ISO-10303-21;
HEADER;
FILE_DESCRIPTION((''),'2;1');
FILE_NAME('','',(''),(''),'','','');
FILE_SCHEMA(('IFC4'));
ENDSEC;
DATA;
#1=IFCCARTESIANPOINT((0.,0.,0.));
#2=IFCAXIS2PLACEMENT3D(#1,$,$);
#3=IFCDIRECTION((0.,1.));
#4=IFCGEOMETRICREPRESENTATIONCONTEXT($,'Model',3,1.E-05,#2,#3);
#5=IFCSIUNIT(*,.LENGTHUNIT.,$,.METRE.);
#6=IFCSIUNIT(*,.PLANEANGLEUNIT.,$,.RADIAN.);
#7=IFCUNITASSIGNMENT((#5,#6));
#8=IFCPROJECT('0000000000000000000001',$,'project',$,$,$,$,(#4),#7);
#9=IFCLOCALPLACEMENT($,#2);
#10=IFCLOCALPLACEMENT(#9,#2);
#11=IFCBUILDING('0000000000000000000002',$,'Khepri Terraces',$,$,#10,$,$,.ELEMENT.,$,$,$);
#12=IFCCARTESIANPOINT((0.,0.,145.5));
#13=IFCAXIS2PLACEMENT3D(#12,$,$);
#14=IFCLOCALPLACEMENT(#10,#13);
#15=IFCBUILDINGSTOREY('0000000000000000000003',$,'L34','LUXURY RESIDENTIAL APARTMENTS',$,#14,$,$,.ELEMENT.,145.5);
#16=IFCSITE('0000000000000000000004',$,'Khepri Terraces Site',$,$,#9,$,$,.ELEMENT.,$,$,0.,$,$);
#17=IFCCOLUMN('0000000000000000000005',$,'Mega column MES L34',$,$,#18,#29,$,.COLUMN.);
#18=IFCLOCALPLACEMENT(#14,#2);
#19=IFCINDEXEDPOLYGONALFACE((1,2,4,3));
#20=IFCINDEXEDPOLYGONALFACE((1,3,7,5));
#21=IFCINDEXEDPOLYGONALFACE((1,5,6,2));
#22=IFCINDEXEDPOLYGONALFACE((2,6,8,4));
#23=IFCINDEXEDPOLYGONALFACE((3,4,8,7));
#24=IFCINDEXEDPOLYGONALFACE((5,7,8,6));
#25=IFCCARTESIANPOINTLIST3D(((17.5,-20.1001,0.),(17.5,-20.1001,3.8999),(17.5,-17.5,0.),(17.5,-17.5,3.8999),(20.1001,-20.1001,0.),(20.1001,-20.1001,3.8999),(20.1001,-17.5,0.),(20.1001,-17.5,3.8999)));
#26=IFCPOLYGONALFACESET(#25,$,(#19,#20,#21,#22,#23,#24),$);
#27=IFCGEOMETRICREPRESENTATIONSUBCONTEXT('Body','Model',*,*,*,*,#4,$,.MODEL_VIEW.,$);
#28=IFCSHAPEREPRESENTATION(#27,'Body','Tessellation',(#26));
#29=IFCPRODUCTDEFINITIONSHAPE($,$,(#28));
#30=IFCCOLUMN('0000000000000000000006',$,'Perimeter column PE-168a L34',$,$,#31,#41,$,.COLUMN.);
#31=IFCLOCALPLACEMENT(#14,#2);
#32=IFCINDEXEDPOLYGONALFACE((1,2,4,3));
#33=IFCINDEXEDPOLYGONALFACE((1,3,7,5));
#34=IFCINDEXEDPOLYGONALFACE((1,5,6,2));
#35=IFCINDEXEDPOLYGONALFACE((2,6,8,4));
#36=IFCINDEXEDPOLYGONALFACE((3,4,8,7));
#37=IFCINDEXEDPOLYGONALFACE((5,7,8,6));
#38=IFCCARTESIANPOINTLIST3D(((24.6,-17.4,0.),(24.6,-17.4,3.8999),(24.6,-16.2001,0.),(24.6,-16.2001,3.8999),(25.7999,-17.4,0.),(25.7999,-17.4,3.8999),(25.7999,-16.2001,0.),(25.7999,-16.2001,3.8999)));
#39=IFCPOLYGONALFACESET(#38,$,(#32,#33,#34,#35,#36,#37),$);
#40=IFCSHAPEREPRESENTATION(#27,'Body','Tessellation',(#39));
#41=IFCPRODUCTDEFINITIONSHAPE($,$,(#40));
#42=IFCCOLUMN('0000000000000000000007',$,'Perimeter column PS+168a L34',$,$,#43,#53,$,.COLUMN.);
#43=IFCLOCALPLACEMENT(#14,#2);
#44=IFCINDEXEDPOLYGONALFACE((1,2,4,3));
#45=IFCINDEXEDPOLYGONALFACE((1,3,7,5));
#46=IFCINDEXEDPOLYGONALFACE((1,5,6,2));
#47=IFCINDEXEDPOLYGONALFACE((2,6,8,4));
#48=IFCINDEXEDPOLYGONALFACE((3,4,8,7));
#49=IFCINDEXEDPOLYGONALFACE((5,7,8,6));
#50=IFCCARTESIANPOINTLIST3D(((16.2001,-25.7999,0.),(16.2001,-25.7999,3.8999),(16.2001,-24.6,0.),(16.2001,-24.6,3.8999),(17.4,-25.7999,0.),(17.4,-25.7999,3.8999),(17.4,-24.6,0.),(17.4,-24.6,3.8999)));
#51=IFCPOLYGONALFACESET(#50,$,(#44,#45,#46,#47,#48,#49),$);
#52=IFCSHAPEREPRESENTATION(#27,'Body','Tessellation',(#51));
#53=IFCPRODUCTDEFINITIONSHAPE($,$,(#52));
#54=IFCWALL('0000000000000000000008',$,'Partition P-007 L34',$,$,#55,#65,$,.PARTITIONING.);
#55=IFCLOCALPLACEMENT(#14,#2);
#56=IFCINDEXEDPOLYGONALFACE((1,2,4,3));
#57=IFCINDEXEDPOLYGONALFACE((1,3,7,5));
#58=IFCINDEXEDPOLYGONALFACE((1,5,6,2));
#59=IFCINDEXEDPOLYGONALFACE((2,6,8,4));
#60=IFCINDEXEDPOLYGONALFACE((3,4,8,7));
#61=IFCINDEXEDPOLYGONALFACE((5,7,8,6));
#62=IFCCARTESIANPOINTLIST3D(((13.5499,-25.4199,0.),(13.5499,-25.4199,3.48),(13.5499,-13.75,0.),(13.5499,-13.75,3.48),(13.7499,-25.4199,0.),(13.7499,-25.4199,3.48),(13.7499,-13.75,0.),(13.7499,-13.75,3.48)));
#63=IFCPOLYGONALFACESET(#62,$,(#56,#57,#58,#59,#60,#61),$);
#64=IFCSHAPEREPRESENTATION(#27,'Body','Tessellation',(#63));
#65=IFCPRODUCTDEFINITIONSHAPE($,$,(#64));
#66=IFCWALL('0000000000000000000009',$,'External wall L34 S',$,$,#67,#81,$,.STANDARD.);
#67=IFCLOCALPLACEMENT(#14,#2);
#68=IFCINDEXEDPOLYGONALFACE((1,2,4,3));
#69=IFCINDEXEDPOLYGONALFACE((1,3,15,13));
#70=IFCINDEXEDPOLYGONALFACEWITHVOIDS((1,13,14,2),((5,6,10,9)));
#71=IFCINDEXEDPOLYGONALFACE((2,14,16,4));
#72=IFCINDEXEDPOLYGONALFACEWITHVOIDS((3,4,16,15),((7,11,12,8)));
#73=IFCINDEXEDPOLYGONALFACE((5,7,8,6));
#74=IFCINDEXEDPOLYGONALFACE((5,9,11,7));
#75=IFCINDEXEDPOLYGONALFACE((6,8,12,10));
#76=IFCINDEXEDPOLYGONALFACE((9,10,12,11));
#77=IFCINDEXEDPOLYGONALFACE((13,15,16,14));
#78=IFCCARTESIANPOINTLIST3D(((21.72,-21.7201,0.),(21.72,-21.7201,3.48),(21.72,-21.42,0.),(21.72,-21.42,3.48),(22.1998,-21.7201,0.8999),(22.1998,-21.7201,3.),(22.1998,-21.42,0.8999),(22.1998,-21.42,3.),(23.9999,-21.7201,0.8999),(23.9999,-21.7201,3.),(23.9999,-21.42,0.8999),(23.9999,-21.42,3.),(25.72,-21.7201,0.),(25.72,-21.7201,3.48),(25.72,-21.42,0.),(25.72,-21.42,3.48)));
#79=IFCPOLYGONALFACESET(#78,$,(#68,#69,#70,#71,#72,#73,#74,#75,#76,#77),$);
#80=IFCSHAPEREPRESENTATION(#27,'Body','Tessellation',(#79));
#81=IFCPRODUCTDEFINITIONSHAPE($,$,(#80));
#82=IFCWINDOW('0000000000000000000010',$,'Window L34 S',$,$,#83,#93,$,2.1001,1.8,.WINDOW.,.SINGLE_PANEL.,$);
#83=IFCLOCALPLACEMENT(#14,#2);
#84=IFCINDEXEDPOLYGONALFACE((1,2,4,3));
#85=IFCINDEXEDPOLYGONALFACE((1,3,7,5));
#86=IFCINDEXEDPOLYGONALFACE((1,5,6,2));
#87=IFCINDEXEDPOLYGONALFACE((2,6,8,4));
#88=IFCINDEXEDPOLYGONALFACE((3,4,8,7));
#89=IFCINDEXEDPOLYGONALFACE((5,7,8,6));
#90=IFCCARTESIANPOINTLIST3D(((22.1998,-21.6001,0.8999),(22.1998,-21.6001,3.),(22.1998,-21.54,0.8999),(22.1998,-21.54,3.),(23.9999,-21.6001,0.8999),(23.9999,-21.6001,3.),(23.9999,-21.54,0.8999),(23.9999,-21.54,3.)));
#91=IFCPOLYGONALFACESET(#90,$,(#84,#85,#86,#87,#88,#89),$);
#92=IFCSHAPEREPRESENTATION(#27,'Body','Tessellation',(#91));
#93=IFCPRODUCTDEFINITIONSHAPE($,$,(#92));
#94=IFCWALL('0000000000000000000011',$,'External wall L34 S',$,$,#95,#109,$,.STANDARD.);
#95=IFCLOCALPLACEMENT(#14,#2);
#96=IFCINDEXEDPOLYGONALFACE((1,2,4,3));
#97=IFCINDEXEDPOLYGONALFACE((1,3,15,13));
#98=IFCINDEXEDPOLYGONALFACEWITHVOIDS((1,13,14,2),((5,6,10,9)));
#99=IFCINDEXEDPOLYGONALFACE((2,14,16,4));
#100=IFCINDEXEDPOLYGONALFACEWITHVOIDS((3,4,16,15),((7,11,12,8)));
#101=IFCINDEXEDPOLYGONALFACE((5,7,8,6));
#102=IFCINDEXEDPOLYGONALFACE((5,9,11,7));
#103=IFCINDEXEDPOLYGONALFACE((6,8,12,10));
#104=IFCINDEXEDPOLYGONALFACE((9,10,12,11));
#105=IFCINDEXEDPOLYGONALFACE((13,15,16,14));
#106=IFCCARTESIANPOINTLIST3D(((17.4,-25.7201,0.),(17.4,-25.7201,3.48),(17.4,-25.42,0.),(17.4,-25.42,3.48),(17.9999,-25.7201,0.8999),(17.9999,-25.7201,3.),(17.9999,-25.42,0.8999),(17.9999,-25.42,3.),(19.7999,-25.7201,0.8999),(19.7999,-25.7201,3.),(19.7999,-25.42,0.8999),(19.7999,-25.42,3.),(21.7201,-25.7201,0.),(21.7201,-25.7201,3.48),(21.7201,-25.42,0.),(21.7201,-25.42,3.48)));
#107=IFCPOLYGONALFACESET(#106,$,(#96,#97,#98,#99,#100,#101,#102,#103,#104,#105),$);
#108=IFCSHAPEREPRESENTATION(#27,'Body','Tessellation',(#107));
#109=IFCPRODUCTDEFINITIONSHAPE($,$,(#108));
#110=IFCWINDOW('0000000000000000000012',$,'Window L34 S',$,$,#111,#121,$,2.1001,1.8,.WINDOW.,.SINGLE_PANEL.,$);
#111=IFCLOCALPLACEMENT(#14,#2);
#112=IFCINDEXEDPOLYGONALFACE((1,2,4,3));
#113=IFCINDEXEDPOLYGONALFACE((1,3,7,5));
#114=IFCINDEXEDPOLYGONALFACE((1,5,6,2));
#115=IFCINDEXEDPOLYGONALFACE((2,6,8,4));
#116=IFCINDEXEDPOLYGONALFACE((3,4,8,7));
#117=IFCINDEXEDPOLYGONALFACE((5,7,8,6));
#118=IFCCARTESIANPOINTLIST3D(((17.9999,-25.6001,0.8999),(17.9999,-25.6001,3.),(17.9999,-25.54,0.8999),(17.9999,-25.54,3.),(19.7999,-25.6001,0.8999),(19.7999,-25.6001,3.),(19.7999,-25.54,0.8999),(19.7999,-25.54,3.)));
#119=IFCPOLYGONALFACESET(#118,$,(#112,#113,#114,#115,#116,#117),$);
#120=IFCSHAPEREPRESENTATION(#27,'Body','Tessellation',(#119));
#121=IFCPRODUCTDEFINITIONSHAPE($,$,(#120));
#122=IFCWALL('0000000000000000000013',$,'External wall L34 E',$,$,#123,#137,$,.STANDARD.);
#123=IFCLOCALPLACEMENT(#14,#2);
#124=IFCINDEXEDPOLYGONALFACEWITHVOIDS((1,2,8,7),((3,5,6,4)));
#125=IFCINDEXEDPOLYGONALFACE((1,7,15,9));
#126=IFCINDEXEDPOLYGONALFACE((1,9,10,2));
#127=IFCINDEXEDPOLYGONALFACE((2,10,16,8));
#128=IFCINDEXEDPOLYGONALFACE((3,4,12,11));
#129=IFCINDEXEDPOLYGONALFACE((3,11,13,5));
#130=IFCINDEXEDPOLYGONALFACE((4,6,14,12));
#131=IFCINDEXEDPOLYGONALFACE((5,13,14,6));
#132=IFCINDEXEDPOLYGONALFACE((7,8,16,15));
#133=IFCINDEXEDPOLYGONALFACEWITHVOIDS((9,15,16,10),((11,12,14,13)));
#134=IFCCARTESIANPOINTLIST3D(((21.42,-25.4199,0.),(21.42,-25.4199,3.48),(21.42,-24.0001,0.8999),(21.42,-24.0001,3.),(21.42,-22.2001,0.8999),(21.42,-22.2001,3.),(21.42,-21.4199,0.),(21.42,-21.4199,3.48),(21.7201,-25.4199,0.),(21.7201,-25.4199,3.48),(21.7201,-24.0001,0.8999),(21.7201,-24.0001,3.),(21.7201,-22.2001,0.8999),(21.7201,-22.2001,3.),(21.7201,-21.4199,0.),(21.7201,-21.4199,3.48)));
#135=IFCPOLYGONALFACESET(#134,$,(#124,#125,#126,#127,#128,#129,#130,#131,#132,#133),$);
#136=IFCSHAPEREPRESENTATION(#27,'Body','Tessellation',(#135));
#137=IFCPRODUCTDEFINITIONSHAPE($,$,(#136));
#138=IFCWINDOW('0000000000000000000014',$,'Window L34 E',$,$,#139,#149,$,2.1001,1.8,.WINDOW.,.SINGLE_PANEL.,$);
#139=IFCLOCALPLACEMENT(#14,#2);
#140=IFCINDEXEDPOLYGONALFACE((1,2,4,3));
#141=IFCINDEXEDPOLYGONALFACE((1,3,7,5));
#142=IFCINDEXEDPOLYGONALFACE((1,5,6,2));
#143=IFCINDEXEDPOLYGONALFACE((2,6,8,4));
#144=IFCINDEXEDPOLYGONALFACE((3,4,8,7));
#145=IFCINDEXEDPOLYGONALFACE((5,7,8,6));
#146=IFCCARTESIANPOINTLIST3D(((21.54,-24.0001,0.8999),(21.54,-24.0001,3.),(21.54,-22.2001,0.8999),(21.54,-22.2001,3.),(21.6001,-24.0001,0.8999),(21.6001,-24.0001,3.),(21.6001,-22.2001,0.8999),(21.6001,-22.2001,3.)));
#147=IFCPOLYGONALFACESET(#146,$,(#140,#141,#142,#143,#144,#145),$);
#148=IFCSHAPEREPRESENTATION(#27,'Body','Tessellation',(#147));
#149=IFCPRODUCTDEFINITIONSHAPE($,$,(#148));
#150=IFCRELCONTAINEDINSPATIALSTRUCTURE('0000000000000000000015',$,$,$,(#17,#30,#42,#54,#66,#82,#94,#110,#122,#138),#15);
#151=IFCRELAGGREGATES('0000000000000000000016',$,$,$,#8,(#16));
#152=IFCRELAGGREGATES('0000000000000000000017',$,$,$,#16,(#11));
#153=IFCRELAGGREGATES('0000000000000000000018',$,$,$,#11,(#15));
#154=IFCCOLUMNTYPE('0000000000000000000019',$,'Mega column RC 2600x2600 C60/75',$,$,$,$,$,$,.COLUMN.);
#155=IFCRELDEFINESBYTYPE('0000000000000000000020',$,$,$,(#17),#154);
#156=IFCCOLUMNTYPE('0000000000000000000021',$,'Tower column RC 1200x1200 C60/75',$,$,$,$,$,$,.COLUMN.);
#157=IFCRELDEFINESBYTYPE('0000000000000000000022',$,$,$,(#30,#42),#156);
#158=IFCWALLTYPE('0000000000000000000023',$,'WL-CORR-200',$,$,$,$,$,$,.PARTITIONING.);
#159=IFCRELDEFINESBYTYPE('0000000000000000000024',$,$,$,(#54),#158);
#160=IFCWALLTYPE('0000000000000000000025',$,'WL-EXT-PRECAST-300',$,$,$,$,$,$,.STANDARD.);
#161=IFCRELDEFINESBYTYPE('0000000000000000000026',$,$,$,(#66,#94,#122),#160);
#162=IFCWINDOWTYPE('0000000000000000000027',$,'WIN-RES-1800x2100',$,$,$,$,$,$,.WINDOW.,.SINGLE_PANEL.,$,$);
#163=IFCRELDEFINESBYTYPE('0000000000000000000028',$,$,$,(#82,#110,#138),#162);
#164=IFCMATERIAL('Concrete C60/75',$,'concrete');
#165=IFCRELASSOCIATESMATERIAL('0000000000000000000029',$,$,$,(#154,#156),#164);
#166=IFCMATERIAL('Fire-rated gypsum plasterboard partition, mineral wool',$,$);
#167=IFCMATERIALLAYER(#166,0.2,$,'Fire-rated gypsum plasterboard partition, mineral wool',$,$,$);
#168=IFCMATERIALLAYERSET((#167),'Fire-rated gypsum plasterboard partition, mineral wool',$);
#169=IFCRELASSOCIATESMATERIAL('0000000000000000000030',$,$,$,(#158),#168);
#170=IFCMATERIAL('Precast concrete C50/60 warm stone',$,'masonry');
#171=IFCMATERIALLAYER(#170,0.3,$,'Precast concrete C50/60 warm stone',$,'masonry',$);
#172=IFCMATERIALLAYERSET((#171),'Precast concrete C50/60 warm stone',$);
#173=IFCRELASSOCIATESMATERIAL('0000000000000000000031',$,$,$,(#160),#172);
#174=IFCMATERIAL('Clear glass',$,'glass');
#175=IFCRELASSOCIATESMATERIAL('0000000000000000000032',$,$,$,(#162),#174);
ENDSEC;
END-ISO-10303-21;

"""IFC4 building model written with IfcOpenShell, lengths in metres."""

from ifc_helpers import new_model, si_unit, direction, frame, frame_2d, origin, origin_2d, place, context, subcontext, project, spatial, rectangle, extrude, material, layer, layer_set, material_profile, profile_set, type_object, element, fill, save


model = new_model("IFC4")

# Units and contexts
model_context = context("Model", 3, precision=1e-05, world=origin(), true_north=direction((0.0, 1.0)))
body_context = subcontext(model_context, "Body", "Model", "MODEL_VIEW")
ifc_project = project(units=[si_unit("LENGTHUNIT", "METRE"), si_unit("PLANEANGLEUNIT", "RADIAN")], contexts=[model_context])

# Site, building, storey
site_placement = place(None, origin())
site = spatial("IfcSite", under=ifc_project, at=site_placement, Name="Khepri Terraces Site", CompositionType="ELEMENT", RefElevation=0.0)
building_placement = place(site_placement, origin())
building = spatial("IfcBuilding", under=site, at=building_placement, Name="Khepri Terraces", CompositionType="ELEMENT")
storey_placement = place(building_placement, frame((0.0, 0.0, 145.5)))
storey = spatial("IfcBuildingStorey", under=building, at=storey_placement, Name="L34", Description="LUXURY RESIDENTIAL APARTMENTS", CompositionType="ELEMENT", Elevation=145.5)

# Columns
ifc_material_1 = material(Name="Concrete C60/75", Category="concrete")
ifc_material_profile_1 = material_profile(ifc_material_1, rectangle(XDim=2.6001, YDim=2.6001, at=origin_2d()), Name="Concrete C60/75", Category="concrete")
ifc_profile_set_1 = profile_set([ifc_material_profile_1], Name="Concrete C60/75")
column_type_1 = type_object("IfcColumnType", Name="Mega column RC 2600x2600 C60/75", PredefinedType="COLUMN", material=ifc_profile_set_1)
column_placement = place(storey_placement, frame((18.8, -18.8, 0.0), z_axis=(0.0, 0.0, 1.0), x_axis=(1.0, 0.0, 0.0)))
element("IfcColumn", 1, at=column_placement, inside=storey, type_object=column_type_1, Name="Mega column MES L34", PredefinedType="COLUMN", context=body_context, shape_type="SweptSolid", body=[
    extrude(rectangle(XDim=2.6001, YDim=2.6001, at=origin_2d()), origin(), (0.0, 0.0, 1.0), 3.8999),
])
ifc_material_profile_2 = material_profile(ifc_material_1, rectangle(XDim=1.2, YDim=1.2, at=origin_2d()), Name="Concrete C60/75", Category="concrete")
ifc_profile_set_2 = profile_set([ifc_material_profile_2], Name="Concrete C60/75")
column_type_2 = type_object("IfcColumnType", Name="Tower column RC 1200x1200 C60/75", PredefinedType="COLUMN", material=ifc_profile_set_2)
for number, where, z_axis, x_axis, name in (
    (2, (25.2, -16.8, 0.0), (0.0, 0.0, 1.0), (1.0, 0.0, 0.0), "Perimeter column PE-168a L34"),
    (3, (16.8, -25.2, 0.0), (0.0, 0.0, 1.0), (1.0, 0.0, 0.0), "Perimeter column PS+168a L34"),
):
    element("IfcColumn", number, at=place(storey_placement, frame(where, z_axis=z_axis, x_axis=x_axis)), inside=storey, type_object=column_type_2, Name=name, PredefinedType="COLUMN", context=body_context, shape_type="SweptSolid", body=[
        extrude(rectangle(XDim=1.2, YDim=1.2, at=origin_2d()), origin(), (0.0, 0.0, 1.0), 3.8999),
    ])

# Wall
ifc_material_2 = material(Name="Fire-rated gypsum plasterboard partition, mineral wool")
ifc_layer_1 = layer(ifc_material_2, 0.2, Name="Fire-rated gypsum plasterboard partition, mineral wool")
ifc_layer_set_1 = layer_set([ifc_layer_1], Name="Fire-rated gypsum plasterboard partition, mineral wool")
wall_type_1 = type_object("IfcWallType", Name="WL-CORR-200", PredefinedType="PARTITIONING", material=ifc_layer_set_1)
wall_1_placement = place(storey_placement, frame((13.6499, -25.4199, 0.0), z_axis=(0.0, 0.0, 1.0), x_axis=(0.0, 1.0, 0.0)))
element("IfcWall", 4, at=wall_1_placement, inside=storey, type_object=wall_type_1, Name="Partition P-007 L34", PredefinedType="PARTITIONING", context=body_context, shape_type="SweptSolid", body=[
    extrude(rectangle(XDim=11.6699, YDim=0.2, at=frame_2d((5.835, 0.0))), origin(), (0.0, 0.0, 1.0), 3.48),
])

# Wall, opening, window
ifc_material_3 = material(Name="Precast concrete C50/60 warm stone", Category="masonry")
ifc_layer_2 = layer(ifc_material_3, 0.3, Name="Precast concrete C50/60 warm stone", Category="masonry")
ifc_layer_set_2 = layer_set([ifc_layer_2], Name="Precast concrete C50/60 warm stone")
wall_type_2 = type_object("IfcWallType", Name="WL-EXT-PRECAST-300", PredefinedType="STANDARD", material=ifc_layer_set_2)
wall_2_placement = place(storey_placement, frame((21.72, -21.5701, 0.0), z_axis=(0.0, 0.0, 1.0), x_axis=(1.0, 0.0, 0.0)))
wall_2 = element("IfcWall", 5, at=wall_2_placement, inside=storey, type_object=wall_type_2, Name="External wall L34 S", PredefinedType="STANDARD", context=body_context, shape_type="SweptSolid", body=[
    extrude(rectangle(XDim=4.0, YDim=0.3, at=frame_2d((2.0, 0.0))), origin(), (0.0, 0.0, 1.0), 3.48),
])
opening_1_placement = place(wall_2_placement, frame((0.48, 0.0, 0.8999)))
opening_1 = element("IfcOpeningElement", 6, at=opening_1_placement, cuts=wall_2, PredefinedType="OPENING", context=body_context, shape_type="SweptSolid", body=[
    extrude(rectangle(XDim=1.8, YDim=2.1001, at=frame_2d((0.8999, 1.05))), frame((0.0, 0.1602, 0.0), z_axis=(0.0, -1.0, 0.0), x_axis=(1.0, 0.0, 0.0)), (0.0, 0.0, 1.0), 0.3201),
])
ifc_material_4 = material(Name="Clear glass", Category="glass")
window_type = type_object("IfcWindowType", Name="WIN-RES-1800x2100", PartitioningType="SINGLE_PANEL", PredefinedType="WINDOW", material=ifc_material_4)
window_1_placement = place(opening_1_placement, origin())
window_1 = element("IfcWindow", 7, at=window_1_placement, inside=storey, type_object=window_type, Name="Window L34 S", OverallHeight=2.1001, OverallWidth=1.8, PartitioningType="SINGLE_PANEL", PredefinedType="WINDOW", context=body_context, shape_type="SweptSolid", body=[
    extrude(rectangle(XDim=1.8, YDim=2.1001, at=frame_2d((0.8999, 1.05))), frame((0.0, 0.03, 0.0), z_axis=(0.0, -1.0, 0.0), x_axis=(1.0, 0.0, 0.0)), (0.0, 0.0, 1.0), 0.0601),
])
fill(opening_1, window_1)

# Walls, openings, windows
wall_3_placement = place(storey_placement, frame((17.3999, -25.5701, 0.0), z_axis=(0.0, 0.0, 1.0), x_axis=(1.0, 0.0, 0.0)))
wall_3 = element("IfcWall", 8, at=wall_3_placement, inside=storey, type_object=wall_type_2, Name="External wall L34 S", PredefinedType="STANDARD", context=body_context, shape_type="SweptSolid", body=[
    extrude(rectangle(XDim=4.3201, YDim=0.3, at=frame_2d((2.1602, 0.0))), origin(), (0.0, 0.0, 1.0), 3.48),
])
opening_2_placement = place(wall_3_placement, frame((0.6001, 0.0, 0.8999)))
opening_2 = element("IfcOpeningElement", 9, at=opening_2_placement, cuts=wall_3, PredefinedType="OPENING", context=body_context, shape_type="SweptSolid", body=[
    extrude(rectangle(XDim=1.8, YDim=2.1001, at=frame_2d((0.8999, 1.05))), frame((0.0, 0.1602, 0.0), z_axis=(0.0, -1.0, 0.0), x_axis=(1.0, 0.0, 0.0)), (0.0, 0.0, 1.0), 0.3201),
])
window_2_placement = place(opening_2_placement, origin())
window_2 = element("IfcWindow", 10, at=window_2_placement, inside=storey, type_object=window_type, Name="Window L34 S", OverallHeight=2.1001, OverallWidth=1.8, PartitioningType="SINGLE_PANEL", PredefinedType="WINDOW", context=body_context, shape_type="SweptSolid", body=[
    extrude(rectangle(XDim=1.8, YDim=2.1001, at=frame_2d((0.8999, 1.05))), frame((0.0, 0.03, 0.0), z_axis=(0.0, -1.0, 0.0), x_axis=(1.0, 0.0, 0.0)), (0.0, 0.0, 1.0), 0.0601),
])
fill(opening_2, window_2)
wall_4_placement = place(storey_placement, frame((21.5701, -25.4199, 0.0), z_axis=(0.0, 0.0, 1.0), x_axis=(0.0, 1.0, 0.0)))
wall_4 = element("IfcWall", 11, at=wall_4_placement, inside=storey, type_object=wall_type_2, Name="External wall L34 E", PredefinedType="STANDARD", context=body_context, shape_type="SweptSolid", body=[
    extrude(rectangle(XDim=4.0, YDim=0.3, at=frame_2d((2.0, 0.0))), origin(), (0.0, 0.0, 1.0), 3.48),
])
opening_3_placement = place(wall_4_placement, frame((1.4199, 0.0, 0.8999)))
opening_3 = element("IfcOpeningElement", 12, at=opening_3_placement, cuts=wall_4, PredefinedType="OPENING", context=body_context, shape_type="SweptSolid", body=[
    extrude(rectangle(XDim=1.8, YDim=2.1001, at=frame_2d((0.8999, 1.05))), frame((0.0, 0.1602, 0.0), z_axis=(0.0, -1.0, 0.0), x_axis=(1.0, 0.0, 0.0)), (0.0, 0.0, 1.0), 0.3201),
])
window_3_placement = place(opening_3_placement, origin())
window_3 = element("IfcWindow", 13, at=window_3_placement, inside=storey, type_object=window_type, Name="Window L34 E", OverallHeight=2.1001, OverallWidth=1.8, PartitioningType="SINGLE_PANEL", PredefinedType="WINDOW", context=body_context, shape_type="SweptSolid", body=[
    extrude(rectangle(XDim=1.8, YDim=2.1001, at=frame_2d((0.8999, 1.05))), frame((0.0, 0.03, 0.0), z_axis=(0.0, -1.0, 0.0), x_axis=(1.0, 0.0, 0.0)), (0.0, 0.0, 1.0), 0.0601),
])
fill(opening_3, window_3)

save(model, "model.ifc")
